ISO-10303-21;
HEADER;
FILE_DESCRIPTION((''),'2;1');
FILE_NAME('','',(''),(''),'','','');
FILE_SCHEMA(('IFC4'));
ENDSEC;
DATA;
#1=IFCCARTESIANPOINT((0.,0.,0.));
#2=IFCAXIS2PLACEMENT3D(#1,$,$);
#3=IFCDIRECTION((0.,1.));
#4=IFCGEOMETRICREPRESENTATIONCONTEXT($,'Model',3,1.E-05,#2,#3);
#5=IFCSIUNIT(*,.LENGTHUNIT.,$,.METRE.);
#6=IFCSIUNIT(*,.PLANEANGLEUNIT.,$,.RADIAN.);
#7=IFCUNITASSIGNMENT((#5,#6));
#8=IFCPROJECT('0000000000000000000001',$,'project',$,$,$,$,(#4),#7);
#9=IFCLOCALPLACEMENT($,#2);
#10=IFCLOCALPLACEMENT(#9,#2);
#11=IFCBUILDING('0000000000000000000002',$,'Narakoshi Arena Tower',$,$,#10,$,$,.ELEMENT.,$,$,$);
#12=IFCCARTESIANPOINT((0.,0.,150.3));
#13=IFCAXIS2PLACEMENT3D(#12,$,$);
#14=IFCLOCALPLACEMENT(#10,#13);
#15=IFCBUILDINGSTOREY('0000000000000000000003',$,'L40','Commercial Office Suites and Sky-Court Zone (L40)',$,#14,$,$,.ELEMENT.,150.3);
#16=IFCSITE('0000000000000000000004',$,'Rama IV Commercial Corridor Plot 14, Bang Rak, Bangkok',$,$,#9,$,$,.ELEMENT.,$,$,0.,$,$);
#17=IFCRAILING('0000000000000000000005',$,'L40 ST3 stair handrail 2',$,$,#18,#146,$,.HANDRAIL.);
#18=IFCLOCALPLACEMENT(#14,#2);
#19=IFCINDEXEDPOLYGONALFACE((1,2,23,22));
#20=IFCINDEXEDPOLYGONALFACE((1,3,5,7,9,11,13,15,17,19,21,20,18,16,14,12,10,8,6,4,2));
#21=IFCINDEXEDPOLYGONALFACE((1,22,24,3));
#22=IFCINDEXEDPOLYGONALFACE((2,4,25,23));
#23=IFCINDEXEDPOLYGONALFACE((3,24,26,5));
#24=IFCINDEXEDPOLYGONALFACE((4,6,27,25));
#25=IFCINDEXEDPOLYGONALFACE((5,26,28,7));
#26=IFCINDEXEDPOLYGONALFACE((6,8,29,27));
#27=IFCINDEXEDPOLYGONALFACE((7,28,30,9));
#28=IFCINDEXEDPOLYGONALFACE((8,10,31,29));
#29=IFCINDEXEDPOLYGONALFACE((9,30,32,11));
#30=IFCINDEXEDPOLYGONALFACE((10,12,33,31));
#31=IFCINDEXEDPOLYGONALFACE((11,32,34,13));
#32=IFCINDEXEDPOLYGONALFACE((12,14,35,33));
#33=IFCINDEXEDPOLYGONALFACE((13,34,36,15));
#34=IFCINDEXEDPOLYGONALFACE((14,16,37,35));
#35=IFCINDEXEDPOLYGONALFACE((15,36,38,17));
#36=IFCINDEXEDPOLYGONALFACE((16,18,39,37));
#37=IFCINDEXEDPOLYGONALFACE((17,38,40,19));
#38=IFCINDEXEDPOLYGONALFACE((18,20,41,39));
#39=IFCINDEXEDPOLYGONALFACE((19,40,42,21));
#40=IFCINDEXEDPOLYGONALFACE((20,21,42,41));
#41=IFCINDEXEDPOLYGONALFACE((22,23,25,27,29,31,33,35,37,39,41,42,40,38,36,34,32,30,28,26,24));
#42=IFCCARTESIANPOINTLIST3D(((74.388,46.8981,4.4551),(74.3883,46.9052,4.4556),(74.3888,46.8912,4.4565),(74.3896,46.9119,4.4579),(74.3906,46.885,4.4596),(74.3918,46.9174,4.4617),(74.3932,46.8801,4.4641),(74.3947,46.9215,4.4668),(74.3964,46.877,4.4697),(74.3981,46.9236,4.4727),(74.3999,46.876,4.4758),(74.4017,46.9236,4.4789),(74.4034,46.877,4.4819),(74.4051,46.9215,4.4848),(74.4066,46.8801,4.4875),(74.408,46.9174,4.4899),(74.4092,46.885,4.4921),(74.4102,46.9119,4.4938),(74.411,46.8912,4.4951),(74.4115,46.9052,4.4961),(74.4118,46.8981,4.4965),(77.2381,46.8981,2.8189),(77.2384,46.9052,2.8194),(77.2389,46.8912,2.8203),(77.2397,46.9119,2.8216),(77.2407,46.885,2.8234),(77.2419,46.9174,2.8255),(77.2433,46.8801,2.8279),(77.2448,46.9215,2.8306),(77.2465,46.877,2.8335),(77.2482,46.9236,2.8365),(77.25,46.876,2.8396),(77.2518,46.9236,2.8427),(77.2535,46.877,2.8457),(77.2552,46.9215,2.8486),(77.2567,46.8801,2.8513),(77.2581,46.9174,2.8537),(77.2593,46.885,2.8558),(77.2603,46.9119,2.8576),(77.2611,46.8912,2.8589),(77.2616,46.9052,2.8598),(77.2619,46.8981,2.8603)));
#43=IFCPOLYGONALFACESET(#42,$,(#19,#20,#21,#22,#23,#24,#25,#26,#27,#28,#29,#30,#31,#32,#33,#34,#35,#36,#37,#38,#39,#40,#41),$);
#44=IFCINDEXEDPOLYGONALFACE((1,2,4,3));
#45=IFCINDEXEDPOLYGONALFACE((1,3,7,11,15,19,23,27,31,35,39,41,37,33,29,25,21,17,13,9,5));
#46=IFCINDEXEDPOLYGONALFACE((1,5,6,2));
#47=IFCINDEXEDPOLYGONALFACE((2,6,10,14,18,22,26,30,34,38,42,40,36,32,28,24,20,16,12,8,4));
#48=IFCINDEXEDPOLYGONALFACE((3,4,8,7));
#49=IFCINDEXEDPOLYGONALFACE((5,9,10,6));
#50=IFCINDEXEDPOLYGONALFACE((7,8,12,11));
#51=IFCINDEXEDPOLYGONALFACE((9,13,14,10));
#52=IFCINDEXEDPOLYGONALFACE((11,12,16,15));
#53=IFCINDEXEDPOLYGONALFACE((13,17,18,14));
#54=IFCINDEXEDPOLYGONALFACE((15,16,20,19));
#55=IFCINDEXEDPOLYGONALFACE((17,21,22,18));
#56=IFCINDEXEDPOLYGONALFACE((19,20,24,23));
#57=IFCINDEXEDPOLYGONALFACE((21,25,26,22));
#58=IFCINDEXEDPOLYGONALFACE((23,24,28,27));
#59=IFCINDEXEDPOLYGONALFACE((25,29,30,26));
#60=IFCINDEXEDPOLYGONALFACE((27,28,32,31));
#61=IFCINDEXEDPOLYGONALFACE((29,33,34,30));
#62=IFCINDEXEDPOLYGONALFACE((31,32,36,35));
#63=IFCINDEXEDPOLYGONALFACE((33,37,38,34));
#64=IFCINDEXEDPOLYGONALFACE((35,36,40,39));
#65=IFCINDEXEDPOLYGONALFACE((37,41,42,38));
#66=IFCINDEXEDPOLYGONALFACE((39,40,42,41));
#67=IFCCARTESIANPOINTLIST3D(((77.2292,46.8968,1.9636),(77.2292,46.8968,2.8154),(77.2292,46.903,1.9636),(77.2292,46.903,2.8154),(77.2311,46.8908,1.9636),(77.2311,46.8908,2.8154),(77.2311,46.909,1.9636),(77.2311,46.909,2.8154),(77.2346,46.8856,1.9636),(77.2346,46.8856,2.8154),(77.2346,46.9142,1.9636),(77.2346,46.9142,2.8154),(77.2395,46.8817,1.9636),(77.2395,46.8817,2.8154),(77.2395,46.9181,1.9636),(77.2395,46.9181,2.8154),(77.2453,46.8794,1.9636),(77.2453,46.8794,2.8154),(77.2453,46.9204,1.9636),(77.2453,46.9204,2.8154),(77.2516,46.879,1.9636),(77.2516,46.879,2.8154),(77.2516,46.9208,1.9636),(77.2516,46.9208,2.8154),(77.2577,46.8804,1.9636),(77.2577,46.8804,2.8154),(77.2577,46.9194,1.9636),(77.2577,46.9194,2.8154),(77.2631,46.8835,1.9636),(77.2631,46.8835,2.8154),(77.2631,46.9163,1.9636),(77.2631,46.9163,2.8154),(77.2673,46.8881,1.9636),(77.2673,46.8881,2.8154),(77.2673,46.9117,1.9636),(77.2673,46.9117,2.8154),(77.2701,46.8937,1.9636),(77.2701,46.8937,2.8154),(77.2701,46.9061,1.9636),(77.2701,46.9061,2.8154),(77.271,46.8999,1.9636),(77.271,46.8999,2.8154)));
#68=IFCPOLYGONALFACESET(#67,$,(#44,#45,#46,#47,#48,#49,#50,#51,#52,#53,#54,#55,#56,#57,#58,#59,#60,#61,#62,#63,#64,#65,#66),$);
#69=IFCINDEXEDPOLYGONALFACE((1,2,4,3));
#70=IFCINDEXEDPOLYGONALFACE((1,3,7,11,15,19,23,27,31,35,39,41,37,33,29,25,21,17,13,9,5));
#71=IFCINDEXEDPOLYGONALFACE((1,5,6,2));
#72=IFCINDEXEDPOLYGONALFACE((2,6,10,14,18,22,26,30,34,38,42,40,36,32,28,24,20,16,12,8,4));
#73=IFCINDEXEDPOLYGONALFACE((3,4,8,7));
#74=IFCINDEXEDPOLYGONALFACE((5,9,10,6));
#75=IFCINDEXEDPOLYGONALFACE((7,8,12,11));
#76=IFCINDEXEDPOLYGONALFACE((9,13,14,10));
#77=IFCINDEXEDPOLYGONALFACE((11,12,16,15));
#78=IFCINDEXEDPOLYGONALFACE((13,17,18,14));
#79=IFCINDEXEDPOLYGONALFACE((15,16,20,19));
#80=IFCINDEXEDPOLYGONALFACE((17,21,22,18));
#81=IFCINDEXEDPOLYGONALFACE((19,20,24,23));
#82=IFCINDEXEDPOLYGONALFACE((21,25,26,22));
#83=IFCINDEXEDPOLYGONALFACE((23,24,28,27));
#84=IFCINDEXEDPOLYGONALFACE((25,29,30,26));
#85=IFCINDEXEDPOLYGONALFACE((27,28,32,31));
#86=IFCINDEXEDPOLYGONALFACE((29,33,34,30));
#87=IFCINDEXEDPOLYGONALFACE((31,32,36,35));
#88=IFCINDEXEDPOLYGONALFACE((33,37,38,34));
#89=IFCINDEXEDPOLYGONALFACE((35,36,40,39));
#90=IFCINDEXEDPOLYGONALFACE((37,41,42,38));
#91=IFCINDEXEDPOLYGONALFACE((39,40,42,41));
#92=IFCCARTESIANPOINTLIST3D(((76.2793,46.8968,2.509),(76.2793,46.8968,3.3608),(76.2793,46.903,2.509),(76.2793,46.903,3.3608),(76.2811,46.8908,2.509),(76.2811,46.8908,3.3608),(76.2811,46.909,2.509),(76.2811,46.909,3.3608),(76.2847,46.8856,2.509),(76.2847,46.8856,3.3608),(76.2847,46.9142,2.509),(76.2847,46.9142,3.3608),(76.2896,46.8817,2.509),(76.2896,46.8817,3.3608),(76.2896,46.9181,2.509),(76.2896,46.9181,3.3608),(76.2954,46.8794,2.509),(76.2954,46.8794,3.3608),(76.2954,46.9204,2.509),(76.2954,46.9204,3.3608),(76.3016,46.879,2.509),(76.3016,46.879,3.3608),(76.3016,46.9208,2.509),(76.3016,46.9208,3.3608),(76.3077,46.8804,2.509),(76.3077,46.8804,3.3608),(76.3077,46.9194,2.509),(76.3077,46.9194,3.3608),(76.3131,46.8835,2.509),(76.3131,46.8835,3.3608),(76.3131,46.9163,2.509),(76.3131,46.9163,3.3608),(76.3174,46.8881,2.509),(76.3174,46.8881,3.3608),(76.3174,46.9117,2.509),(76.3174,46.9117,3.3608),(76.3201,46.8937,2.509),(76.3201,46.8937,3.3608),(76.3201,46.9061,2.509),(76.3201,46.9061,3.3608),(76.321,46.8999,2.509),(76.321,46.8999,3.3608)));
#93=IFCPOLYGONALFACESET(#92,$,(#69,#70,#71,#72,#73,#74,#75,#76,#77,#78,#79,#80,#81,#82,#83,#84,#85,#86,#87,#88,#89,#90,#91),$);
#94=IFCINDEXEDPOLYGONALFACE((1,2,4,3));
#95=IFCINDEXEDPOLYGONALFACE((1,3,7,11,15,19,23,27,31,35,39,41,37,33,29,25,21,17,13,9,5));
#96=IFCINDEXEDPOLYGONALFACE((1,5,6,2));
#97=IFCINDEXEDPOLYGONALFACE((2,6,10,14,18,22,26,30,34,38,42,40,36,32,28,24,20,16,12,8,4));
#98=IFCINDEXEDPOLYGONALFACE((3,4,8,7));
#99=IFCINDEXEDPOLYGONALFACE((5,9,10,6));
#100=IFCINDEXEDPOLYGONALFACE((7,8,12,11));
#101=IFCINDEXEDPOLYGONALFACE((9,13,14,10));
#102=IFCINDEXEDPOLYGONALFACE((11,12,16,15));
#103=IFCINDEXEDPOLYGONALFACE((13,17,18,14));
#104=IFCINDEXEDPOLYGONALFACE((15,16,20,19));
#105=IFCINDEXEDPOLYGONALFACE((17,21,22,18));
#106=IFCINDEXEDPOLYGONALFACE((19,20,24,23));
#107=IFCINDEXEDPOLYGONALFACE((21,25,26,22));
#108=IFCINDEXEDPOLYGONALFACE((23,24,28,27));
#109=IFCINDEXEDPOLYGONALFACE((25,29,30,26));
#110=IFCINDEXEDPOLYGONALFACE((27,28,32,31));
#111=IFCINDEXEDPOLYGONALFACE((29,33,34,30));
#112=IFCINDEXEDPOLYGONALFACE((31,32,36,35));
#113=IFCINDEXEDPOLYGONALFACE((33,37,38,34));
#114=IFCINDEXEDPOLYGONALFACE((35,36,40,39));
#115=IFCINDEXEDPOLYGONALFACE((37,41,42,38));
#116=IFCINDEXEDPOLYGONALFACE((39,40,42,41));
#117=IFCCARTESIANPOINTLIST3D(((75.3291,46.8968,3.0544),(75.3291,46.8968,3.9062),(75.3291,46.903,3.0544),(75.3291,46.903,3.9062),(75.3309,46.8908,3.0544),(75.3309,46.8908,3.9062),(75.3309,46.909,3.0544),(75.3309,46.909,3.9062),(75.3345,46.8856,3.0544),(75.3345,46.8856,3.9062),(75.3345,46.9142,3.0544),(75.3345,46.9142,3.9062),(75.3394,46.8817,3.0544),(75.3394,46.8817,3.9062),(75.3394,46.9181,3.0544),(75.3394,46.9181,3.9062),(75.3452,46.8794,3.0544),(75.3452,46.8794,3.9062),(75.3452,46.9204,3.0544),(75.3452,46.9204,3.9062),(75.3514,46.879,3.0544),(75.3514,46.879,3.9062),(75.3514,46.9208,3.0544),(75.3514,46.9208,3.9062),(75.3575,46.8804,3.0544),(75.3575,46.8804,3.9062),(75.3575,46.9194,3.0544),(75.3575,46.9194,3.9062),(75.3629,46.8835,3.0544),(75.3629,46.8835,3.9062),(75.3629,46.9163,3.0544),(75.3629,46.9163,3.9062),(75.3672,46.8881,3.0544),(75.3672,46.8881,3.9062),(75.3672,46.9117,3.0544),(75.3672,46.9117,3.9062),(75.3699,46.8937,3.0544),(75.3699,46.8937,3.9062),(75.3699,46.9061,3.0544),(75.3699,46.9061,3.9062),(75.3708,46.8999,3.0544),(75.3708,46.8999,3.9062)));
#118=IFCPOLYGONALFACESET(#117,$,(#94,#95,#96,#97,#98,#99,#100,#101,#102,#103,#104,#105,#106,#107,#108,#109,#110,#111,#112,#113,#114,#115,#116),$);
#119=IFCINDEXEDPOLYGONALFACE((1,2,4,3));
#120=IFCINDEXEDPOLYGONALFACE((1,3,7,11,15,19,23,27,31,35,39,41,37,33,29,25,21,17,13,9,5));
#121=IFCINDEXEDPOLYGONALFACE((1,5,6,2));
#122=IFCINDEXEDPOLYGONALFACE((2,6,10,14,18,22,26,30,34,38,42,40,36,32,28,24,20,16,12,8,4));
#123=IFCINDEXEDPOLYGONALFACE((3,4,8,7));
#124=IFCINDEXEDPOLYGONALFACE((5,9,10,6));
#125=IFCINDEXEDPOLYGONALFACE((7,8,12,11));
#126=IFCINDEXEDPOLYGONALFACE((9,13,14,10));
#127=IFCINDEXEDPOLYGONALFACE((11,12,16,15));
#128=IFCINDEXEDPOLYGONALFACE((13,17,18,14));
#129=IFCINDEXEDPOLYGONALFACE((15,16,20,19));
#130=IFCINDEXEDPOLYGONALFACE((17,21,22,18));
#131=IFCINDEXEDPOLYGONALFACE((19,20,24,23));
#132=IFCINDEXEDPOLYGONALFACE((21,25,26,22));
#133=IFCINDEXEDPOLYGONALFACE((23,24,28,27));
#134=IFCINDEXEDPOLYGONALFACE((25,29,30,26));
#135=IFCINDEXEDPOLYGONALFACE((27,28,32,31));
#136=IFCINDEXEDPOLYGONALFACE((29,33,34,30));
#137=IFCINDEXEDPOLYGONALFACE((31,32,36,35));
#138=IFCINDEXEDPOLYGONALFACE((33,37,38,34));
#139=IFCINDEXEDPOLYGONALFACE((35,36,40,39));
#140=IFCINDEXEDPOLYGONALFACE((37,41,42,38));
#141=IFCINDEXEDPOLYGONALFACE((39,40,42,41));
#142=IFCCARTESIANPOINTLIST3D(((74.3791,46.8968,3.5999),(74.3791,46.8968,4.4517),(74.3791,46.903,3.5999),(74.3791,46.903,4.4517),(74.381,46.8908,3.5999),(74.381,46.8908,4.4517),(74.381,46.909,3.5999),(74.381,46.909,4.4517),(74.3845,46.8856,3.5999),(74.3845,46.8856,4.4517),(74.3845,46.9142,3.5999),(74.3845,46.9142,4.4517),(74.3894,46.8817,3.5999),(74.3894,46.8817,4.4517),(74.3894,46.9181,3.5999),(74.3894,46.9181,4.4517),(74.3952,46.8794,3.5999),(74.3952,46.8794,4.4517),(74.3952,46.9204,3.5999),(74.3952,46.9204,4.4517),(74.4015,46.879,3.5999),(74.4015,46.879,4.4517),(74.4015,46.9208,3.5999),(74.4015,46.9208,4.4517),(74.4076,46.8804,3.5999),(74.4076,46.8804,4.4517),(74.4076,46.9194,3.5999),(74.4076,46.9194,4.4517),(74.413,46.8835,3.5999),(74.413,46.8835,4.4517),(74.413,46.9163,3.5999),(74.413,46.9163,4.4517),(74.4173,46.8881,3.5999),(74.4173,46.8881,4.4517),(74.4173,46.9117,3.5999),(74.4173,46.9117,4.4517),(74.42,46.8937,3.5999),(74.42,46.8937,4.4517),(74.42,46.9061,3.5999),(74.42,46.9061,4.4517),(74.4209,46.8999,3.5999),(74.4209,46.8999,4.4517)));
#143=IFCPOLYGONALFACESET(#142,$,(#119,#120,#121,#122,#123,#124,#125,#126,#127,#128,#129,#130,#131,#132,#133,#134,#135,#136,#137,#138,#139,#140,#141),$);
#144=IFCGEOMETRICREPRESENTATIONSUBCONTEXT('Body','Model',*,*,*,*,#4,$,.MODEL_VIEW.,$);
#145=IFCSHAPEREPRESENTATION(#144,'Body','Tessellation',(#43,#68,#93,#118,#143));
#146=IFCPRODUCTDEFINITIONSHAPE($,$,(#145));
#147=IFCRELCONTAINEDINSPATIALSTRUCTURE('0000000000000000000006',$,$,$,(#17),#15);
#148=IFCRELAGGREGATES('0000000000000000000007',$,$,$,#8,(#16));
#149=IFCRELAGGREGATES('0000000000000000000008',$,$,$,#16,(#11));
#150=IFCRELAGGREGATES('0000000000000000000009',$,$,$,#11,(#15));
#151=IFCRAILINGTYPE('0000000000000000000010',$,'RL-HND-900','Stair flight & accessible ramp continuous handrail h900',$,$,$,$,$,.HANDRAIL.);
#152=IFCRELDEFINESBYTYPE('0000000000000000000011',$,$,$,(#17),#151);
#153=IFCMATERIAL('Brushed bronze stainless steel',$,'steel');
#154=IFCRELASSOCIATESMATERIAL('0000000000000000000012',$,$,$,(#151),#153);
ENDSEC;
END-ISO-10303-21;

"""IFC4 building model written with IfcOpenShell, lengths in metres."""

from ifc_helpers import new_model, si_unit, direction, frame, origin, origin_2d, place, context, subcontext, project, spatial, circle, extrude, material, type_object, element, save


model = new_model("IFC4")

# Units and contexts
model_context = context("Model", 3, precision=1e-05, world=origin(), true_north=direction((0.0, 1.0)))
body_context = subcontext(model_context, "Body", "Model", "MODEL_VIEW")
ifc_project = project(units=[si_unit("LENGTHUNIT", "METRE"), si_unit("PLANEANGLEUNIT", "RADIAN")], contexts=[model_context])

# Site, building, storey
site_placement = place(None, origin())
site = spatial("IfcSite", under=ifc_project, at=site_placement, Name="Rama IV Commercial Corridor Plot 14, Bang Rak, Bangkok", CompositionType="ELEMENT", RefElevation=0.0)
building_placement = place(site_placement, origin())
building = spatial("IfcBuilding", under=site, at=building_placement, Name="Narakoshi Arena Tower", CompositionType="ELEMENT")
storey_placement = place(building_placement, frame((0.0, 0.0, 150.3)))
storey = spatial("IfcBuildingStorey", under=building, at=storey_placement, Name="L40", Description="Commercial Office Suites and Sky-Court Zone (L40)", CompositionType="ELEMENT", Elevation=150.3)

# Railing
ifc_material_1 = material(Name="Brushed bronze stainless steel", Category="steel")
railing_type_1 = type_object("IfcRailingType", Name="RL-HND-900", Description="Stair flight & accessible ramp continuous handrail h900", PredefinedType="HANDRAIL", material=ifc_material_1)
railing_1_placement = place(storey_placement, frame((77.25, 46.8999, 1.9636)))
element("IfcRailing", 1, at=railing_1_placement, inside=storey, type_object=railing_type_1, Name="L40 ST3 stair handrail 2", PredefinedType="HANDRAIL", context=body_context, shape_type="SweptSolid", body=[
    extrude(circle(Radius=0.0239, at=origin_2d()), frame((0.0, 0.0, 0.876), z_axis=(-0.867245, 0.0, 0.497882), x_axis=(0.0, -1.0, 0.0)), (0.0, 0.0, 1.0), 3.2864),
    extrude(circle(Radius=0.021, at=origin_2d()), origin(), (0.0, 0.0, 1.0), 0.8518),
    extrude(circle(Radius=0.021, at=origin_2d()), frame((-0.95, 0.0, 0.5454)), (0.0, 0.0, 1.0), 0.8518),
    extrude(circle(Radius=0.021, at=origin_2d()), frame((-1.9001, 0.0, 1.0908)), (0.0, 0.0, 1.0), 0.8518),
    extrude(circle(Radius=0.021, at=origin_2d()), frame((-2.8501, 0.0, 1.6362)), (0.0, 0.0, 1.0), 0.8518),
])

save(model, "model.ifc")
